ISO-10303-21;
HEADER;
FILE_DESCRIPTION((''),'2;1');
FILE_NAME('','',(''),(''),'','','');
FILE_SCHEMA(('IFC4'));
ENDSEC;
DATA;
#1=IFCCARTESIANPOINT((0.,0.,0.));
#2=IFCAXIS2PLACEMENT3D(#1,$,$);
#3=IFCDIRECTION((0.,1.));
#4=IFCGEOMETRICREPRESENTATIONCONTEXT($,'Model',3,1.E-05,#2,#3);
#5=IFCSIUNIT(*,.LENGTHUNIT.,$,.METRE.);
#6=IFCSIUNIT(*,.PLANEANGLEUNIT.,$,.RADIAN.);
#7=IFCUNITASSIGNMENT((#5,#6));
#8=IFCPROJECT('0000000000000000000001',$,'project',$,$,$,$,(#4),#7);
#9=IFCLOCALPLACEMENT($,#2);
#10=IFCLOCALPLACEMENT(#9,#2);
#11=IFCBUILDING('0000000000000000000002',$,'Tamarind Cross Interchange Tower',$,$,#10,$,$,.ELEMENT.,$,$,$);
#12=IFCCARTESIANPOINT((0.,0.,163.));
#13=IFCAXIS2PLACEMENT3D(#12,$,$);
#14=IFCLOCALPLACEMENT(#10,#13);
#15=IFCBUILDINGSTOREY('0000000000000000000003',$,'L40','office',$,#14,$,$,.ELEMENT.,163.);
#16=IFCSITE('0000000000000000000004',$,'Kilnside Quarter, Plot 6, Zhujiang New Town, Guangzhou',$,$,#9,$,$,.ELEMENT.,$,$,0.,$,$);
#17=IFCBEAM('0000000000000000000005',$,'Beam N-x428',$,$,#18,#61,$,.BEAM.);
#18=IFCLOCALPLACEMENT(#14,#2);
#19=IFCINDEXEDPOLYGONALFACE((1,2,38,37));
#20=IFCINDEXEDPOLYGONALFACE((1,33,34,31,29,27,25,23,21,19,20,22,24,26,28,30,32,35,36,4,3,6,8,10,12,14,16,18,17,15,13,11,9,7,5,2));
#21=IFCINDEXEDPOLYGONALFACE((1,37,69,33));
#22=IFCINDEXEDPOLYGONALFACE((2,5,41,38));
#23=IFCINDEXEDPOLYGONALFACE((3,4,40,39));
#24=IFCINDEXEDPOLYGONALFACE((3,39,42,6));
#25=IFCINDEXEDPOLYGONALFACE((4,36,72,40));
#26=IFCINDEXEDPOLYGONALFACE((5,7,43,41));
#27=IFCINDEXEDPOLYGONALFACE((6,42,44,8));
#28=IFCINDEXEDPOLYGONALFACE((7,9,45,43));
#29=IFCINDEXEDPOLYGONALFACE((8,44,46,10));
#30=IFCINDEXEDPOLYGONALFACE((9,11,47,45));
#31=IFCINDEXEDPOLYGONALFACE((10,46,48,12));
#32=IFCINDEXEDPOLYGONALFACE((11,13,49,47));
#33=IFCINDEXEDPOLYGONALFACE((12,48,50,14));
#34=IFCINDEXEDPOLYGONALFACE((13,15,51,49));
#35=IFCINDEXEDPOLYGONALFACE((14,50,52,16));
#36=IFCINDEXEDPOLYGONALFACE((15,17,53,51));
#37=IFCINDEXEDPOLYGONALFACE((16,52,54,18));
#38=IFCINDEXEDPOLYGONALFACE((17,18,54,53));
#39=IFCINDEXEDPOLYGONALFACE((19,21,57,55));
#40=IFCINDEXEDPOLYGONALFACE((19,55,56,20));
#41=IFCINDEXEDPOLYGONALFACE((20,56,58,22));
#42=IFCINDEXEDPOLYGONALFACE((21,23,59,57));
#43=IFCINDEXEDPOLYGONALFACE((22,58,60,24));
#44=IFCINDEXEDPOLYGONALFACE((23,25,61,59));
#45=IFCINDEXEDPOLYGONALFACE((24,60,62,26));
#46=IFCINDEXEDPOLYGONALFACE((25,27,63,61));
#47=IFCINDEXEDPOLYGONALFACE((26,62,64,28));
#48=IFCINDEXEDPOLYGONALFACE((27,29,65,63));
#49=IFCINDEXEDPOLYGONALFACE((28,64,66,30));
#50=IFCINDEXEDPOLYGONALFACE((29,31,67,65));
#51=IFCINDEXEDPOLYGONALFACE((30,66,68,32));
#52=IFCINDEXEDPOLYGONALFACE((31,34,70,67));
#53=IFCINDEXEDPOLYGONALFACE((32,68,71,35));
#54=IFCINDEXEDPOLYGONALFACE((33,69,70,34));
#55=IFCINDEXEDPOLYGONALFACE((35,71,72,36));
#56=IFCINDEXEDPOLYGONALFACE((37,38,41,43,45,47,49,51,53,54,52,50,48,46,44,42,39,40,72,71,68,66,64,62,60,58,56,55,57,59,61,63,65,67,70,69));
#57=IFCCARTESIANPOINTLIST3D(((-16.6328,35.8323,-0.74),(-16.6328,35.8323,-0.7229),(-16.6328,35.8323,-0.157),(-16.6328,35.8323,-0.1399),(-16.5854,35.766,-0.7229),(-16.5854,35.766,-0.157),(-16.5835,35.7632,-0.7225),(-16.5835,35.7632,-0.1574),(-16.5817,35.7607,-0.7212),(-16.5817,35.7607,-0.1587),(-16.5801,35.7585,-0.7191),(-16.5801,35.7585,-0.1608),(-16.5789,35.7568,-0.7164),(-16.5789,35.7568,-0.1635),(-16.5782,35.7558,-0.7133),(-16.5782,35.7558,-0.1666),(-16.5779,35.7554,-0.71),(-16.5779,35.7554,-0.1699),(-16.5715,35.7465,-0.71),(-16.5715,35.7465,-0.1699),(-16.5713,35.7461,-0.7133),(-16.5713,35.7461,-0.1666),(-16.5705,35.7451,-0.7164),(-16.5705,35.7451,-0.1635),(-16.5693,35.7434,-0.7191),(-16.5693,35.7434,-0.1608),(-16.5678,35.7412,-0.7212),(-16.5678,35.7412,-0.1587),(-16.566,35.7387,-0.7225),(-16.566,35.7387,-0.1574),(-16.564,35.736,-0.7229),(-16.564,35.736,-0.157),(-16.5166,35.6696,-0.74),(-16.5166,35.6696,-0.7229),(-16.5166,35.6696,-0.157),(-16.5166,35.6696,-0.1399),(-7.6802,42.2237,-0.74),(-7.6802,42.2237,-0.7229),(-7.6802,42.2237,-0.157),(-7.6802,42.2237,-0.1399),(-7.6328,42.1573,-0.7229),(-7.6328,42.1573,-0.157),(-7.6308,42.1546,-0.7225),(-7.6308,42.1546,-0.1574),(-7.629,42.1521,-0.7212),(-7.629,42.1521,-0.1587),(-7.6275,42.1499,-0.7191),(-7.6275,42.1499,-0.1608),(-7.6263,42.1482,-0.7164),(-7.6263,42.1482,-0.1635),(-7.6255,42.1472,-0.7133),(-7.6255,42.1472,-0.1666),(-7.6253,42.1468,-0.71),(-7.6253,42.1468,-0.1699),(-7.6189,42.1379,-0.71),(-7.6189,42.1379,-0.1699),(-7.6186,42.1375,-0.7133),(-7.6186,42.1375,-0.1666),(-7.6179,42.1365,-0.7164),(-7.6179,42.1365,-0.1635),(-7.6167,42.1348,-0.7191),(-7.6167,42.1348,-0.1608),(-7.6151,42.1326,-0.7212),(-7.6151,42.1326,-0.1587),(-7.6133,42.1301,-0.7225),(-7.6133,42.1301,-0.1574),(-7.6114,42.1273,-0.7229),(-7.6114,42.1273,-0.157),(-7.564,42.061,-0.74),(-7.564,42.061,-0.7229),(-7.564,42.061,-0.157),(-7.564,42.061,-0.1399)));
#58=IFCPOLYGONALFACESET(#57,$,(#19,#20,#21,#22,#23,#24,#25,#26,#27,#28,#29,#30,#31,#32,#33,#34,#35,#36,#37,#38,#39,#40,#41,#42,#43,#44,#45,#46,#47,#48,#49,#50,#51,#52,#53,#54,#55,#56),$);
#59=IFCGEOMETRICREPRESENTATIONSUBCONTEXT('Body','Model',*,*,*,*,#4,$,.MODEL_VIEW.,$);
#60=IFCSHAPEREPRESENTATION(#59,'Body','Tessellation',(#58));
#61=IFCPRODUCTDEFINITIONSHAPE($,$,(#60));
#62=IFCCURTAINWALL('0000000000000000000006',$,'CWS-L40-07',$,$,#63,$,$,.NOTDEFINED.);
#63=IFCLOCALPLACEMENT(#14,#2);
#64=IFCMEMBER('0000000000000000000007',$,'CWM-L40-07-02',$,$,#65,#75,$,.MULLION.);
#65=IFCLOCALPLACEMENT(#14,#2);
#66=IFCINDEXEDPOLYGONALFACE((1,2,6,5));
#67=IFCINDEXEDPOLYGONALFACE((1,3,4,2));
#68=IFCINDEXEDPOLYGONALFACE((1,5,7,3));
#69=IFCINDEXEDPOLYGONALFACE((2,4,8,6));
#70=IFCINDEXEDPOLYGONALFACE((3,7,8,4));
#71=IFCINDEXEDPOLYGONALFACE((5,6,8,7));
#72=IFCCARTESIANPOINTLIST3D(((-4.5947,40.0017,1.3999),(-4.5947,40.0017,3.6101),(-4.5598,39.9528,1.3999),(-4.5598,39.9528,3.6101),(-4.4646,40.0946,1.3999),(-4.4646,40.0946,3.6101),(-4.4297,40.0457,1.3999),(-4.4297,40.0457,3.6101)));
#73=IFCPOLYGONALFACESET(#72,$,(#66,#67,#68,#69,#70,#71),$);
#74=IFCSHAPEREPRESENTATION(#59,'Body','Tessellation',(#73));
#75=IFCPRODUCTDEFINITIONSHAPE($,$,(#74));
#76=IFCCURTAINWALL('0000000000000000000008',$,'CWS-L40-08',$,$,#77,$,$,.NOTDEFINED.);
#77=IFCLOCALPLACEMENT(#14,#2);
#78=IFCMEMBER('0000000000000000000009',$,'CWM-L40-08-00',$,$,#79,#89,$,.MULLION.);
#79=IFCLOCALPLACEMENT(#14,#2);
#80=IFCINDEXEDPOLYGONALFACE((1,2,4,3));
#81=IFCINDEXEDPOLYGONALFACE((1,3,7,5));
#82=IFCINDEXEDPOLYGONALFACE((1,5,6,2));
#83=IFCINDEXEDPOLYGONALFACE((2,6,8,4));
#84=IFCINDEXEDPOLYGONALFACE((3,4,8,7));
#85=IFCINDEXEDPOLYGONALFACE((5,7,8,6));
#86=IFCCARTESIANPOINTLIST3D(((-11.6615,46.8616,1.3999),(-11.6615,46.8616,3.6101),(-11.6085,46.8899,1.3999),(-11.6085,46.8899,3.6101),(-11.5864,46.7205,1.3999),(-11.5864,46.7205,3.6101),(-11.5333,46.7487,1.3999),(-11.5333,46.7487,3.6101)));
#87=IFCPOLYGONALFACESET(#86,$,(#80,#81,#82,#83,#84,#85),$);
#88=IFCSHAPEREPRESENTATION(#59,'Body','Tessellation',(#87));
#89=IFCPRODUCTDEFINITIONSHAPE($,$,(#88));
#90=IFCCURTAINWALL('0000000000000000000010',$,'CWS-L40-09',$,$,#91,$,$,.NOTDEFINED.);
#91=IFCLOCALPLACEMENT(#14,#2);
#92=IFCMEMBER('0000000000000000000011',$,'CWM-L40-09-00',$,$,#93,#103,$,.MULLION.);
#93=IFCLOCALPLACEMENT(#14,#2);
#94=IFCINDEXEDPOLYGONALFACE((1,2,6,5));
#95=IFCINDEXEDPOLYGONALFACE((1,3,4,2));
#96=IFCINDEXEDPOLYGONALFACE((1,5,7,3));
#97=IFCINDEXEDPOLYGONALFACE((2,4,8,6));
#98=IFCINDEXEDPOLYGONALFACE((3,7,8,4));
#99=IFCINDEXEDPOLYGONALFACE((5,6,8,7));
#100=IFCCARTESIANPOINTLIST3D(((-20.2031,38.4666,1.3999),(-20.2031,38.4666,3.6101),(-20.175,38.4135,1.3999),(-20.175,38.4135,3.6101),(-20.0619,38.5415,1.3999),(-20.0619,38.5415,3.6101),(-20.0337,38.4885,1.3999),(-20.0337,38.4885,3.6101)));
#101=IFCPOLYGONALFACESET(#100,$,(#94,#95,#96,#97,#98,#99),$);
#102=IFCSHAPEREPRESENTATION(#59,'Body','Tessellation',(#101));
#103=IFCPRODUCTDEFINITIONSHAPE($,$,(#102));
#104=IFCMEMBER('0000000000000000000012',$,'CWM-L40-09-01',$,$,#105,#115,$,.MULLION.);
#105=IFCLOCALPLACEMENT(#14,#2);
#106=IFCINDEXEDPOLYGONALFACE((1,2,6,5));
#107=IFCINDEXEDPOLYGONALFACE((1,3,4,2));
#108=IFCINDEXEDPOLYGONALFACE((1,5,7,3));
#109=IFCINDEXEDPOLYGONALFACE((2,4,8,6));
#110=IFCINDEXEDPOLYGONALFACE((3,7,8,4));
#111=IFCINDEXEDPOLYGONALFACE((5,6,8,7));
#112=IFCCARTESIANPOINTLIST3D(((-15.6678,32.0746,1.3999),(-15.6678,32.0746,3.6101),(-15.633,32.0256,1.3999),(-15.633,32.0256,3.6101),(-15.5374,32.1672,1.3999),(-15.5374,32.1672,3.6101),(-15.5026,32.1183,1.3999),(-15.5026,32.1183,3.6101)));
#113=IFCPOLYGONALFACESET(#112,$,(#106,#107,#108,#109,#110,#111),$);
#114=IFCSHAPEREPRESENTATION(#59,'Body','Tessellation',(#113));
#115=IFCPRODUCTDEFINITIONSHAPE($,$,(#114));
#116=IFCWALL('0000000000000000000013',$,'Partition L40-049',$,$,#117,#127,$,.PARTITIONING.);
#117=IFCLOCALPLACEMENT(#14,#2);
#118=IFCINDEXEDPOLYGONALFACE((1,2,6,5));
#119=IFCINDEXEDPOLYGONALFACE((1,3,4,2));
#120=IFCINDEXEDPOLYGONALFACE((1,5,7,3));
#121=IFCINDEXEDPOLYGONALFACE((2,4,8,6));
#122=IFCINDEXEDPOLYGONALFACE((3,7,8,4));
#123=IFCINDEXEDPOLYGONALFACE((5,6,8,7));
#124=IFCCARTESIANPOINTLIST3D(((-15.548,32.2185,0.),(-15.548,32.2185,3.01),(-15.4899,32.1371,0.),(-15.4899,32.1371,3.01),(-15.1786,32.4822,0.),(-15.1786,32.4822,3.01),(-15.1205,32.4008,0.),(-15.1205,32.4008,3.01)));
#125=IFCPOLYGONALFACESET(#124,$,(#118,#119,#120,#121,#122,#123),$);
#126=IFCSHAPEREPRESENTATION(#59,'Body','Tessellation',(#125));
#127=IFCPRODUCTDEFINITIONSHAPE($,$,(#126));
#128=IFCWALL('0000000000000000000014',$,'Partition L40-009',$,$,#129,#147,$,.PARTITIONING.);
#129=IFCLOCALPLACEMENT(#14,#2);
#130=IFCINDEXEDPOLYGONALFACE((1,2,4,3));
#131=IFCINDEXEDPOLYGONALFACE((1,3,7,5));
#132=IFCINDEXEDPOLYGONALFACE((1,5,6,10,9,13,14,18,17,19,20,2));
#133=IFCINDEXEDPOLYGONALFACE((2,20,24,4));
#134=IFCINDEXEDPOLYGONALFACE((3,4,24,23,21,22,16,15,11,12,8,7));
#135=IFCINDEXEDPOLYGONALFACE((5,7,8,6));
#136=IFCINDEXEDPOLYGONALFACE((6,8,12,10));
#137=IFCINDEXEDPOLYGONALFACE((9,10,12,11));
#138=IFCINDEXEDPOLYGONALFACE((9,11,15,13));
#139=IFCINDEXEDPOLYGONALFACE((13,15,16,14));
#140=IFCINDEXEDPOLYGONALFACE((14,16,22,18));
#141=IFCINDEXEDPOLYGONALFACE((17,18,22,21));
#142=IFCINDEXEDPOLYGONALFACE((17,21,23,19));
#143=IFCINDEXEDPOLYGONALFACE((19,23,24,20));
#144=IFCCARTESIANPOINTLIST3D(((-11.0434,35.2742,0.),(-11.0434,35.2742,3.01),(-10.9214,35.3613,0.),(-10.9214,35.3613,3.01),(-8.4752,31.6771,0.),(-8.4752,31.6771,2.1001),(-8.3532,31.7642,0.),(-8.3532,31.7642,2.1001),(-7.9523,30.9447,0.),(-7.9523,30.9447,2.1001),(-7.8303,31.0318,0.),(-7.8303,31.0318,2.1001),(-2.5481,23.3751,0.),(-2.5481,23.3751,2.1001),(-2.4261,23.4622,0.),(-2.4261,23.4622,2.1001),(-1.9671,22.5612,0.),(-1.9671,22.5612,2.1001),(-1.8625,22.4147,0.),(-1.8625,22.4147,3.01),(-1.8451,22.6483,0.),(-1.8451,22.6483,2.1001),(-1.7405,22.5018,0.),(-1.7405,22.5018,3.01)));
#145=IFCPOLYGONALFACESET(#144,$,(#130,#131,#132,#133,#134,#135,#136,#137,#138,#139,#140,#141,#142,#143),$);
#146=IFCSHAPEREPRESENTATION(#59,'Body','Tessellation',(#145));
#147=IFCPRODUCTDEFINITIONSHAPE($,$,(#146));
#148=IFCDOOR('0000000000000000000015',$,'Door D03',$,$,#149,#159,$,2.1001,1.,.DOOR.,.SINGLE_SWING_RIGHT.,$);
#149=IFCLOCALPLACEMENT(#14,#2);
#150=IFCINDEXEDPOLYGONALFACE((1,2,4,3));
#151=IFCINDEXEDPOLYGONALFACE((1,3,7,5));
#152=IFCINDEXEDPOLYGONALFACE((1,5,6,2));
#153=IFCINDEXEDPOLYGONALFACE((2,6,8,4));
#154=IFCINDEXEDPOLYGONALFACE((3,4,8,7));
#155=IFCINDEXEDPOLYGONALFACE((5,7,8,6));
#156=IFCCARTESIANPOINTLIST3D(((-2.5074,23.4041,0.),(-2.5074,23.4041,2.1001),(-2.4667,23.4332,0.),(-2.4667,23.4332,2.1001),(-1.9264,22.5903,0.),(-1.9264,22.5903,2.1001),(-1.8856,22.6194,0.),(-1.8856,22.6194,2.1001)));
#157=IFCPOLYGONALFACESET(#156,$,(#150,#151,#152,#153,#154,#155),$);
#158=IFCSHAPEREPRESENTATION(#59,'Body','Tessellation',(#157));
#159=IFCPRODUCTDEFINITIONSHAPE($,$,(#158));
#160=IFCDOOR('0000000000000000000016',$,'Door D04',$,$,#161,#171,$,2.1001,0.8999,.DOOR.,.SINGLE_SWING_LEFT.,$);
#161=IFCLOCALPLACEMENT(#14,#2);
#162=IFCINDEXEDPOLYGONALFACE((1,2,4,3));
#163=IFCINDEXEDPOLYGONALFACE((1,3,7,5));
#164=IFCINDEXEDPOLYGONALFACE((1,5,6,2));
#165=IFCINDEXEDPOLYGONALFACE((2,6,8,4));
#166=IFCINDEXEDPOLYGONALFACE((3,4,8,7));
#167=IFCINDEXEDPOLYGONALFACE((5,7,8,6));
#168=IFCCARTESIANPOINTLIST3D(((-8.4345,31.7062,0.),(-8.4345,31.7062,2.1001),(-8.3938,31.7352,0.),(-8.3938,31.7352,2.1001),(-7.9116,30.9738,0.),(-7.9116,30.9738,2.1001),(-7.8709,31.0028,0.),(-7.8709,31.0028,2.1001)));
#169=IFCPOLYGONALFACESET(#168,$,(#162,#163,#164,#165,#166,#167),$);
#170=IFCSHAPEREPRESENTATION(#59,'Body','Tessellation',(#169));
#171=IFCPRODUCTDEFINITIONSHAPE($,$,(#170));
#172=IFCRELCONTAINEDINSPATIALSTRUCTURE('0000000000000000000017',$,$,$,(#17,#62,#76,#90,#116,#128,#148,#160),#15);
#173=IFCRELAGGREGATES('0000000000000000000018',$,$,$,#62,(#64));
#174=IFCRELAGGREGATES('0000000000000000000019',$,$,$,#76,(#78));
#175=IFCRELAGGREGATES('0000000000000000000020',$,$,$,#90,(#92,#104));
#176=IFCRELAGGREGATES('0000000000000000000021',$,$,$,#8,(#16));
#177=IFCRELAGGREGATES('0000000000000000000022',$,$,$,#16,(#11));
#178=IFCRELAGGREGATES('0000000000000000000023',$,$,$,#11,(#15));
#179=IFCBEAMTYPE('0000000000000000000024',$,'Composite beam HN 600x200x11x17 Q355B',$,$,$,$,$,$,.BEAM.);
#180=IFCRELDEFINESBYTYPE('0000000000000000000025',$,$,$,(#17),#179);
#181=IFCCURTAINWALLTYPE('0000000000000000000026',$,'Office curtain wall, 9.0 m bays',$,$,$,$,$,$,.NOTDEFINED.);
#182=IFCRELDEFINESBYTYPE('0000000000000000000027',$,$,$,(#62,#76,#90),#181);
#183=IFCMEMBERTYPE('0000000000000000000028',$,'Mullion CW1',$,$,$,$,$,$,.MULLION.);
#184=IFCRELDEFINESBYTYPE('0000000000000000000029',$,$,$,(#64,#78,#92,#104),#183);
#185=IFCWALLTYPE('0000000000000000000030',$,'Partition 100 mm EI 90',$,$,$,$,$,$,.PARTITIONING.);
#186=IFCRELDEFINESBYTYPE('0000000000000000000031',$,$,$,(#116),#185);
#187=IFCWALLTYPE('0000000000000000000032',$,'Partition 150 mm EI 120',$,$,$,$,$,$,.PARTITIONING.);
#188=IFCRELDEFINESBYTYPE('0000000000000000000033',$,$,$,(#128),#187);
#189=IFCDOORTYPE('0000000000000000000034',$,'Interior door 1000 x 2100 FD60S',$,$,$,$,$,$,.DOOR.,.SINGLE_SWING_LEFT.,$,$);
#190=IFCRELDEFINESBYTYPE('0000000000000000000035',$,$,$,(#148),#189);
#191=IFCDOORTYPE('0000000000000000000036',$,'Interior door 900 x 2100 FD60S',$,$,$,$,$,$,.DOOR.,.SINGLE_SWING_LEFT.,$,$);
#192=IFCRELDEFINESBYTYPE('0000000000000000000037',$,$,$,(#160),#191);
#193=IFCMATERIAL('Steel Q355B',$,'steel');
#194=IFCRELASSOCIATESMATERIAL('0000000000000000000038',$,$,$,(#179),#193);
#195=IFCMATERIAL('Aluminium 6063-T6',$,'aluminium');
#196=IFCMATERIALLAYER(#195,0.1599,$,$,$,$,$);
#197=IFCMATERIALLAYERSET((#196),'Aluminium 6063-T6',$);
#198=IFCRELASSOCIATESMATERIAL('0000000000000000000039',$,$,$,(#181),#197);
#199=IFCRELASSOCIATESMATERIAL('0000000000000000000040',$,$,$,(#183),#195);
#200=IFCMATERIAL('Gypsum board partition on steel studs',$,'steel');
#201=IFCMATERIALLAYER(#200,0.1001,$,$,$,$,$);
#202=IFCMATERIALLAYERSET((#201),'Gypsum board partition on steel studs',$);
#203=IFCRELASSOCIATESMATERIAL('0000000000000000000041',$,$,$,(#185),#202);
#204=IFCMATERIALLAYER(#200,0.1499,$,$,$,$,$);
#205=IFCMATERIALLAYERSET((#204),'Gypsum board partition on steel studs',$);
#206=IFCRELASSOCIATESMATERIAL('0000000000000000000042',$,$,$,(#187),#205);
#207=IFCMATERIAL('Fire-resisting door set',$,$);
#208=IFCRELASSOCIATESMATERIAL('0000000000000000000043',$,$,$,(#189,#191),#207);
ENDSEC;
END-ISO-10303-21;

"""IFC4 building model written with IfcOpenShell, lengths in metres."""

from ifc_helpers import new_model, si_unit, direction, frame, frame_2d, origin, origin_2d, place, context, subcontext, project, spatial, rectangle, i_section, extrude, material, layer, layer_set, material_profile, profile_set, type_object, element, fill, aggregate, save


model = new_model("IFC4")

# Units and contexts
model_context = context("Model", 3, precision=1e-05, world=origin(), true_north=direction((0.0, 1.0)))
body_context = subcontext(model_context, "Body", "Model", "MODEL_VIEW")
ifc_project = project(units=[si_unit("LENGTHUNIT", "METRE"), si_unit("PLANEANGLEUNIT", "RADIAN")], contexts=[model_context])

# Site, building, storey
site_placement = place(None, origin())
site = spatial("IfcSite", under=ifc_project, at=site_placement, Name="Kilnside Quarter, Plot 6, Zhujiang New Town, Guangzhou", CompositionType="ELEMENT", RefElevation=0.0)
building_placement = place(site_placement, origin())
building = spatial("IfcBuilding", under=site, at=building_placement, Name="Tamarind Cross Interchange Tower", CompositionType="ELEMENT")
storey_placement = place(building_placement, frame((0.0, 0.0, 163.0)))
storey = spatial("IfcBuildingStorey", under=building, at=storey_placement, Name="L40", Description="office", CompositionType="ELEMENT", Elevation=163.0)

# Beam
ifc_material_1 = material(Name="Steel Q355B", Category="steel")
ifc_material_profile_1 = material_profile(ifc_material_1, i_section(OverallWidth=0.2, OverallDepth=0.6001, WebThickness=0.011, FlangeThickness=0.0171, FilletRadius=0.0129, at=origin_2d()), Name="HN 600x200x11x17")
ifc_profile_set_1 = profile_set([ifc_material_profile_1], Name="Steel Q355B")
beam_type_1 = type_object("IfcBeamType", Name="Composite beam HN 600x200x11x17 Q355B", PredefinedType="BEAM", material=ifc_profile_set_1)
for number, where, z_axis, x_axis, name in (
    (1, (-7.6221, 42.1423, -0.4399), (-0.813879, -0.581035, 0.0), (0.581035, -0.813879, 0.0), "Beam N-x428"),
):
    element("IfcBeam", number, at=place(storey_placement, frame(where, z_axis=z_axis, x_axis=x_axis)), inside=storey, type_object=beam_type_1, Name=name, PredefinedType="BEAM", context=body_context, shape_type="SweptSolid", body=[
        extrude(i_section(OverallWidth=0.2, OverallDepth=0.6001, WebThickness=0.011, FlangeThickness=0.0171, FilletRadius=0.0129, at=origin_2d()), origin(), (0.0, 0.0, 1.0), 11.0),
    ])

# Curtain walls, members
ifc_material_2 = material(Name="Aluminium 6063-T6", Category="aluminium")
ifc_layer_1 = layer(ifc_material_2, 0.1599)
ifc_layer_set_1 = layer_set([ifc_layer_1], Name="Aluminium 6063-T6")
curtain_wall_type = type_object("IfcCurtainWallType", Name="Office curtain wall, 9.0 m bays", PredefinedType="NOTDEFINED", material=ifc_layer_set_1)
curtain_wall_1_placement = place(storey_placement, origin())
curtain_wall_1 = element("IfcCurtainWall", 2, at=curtain_wall_1_placement, inside=storey, type_object=curtain_wall_type, Name="CWS-L40-07", PredefinedType="NOTDEFINED")
ifc_material_profile_2 = material_profile(ifc_material_2, rectangle(XDim=0.0601, YDim=0.1599, at=origin_2d()), Name="Mullion CW1")
ifc_profile_set_2 = profile_set([ifc_material_profile_2], Name="Aluminium 6063-T6")
member_type = type_object("IfcMemberType", Name="Mullion CW1", PredefinedType="MULLION", material=ifc_profile_set_2)
member_1_placement = place(storey_placement, frame((-4.5122, 40.0237, 1.3999), z_axis=(0.0, 0.0, 1.0), x_axis=(-0.581033, 0.81388, 0.0)))
member_1 = element("IfcMember", 3, at=member_1_placement, type_object=member_type, Name="CWM-L40-07-02", PredefinedType="MULLION", context=body_context, shape_type="SweptSolid", body=[
    extrude(rectangle(XDim=0.0601, YDim=0.1599, at=origin_2d()), origin(), (0.0, 0.0, 1.0), 2.2102),
])
aggregate(curtain_wall_1, [member_1])
curtain_wall_2_placement = place(storey_placement, origin())
curtain_wall_2 = element("IfcCurtainWall", 4, at=curtain_wall_2_placement, inside=storey, type_object=curtain_wall_type, Name="CWS-L40-08", PredefinedType="NOTDEFINED")
member_2_placement = place(storey_placement, frame((-11.5974, 46.8052, 1.3999), z_axis=(0.0, 0.0, 1.0), x_axis=(-0.882757, -0.469829, 0.0)))
member_2 = element("IfcMember", 5, at=member_2_placement, type_object=member_type, Name="CWM-L40-08-00", PredefinedType="MULLION", context=body_context, shape_type="SweptSolid", body=[
    extrude(rectangle(XDim=0.0601, YDim=0.1599, at=origin_2d()), origin(), (0.0, 0.0, 1.0), 2.2102),
])
aggregate(curtain_wall_2, [member_2])

# Curtain wall, members
curtain_wall_3_placement = place(storey_placement, origin())
curtain_wall_3 = element("IfcCurtainWall", 6, at=curtain_wall_3_placement, inside=storey, type_object=curtain_wall_type, Name="CWS-L40-09", PredefinedType="NOTDEFINED")
member_3_placement = place(storey_placement, frame((-20.1184, 38.4775, 1.3999), z_axis=(0.0, 0.0, 1.0), x_axis=(0.468813, -0.883297, 0.0)))
member_3 = element("IfcMember", 7, at=member_3_placement, type_object=member_type, Name="CWM-L40-09-00", PredefinedType="MULLION", context=body_context, shape_type="SweptSolid", body=[
    extrude(rectangle(XDim=0.0601, YDim=0.1599, at=origin_2d()), origin(), (0.0, 0.0, 1.0), 2.2102),
])
member_4_placement = place(storey_placement, frame((-15.5852, 32.0964, 1.3999), z_axis=(0.0, 0.0, 1.0), x_axis=(0.579159, -0.815215, 0.0)))
member_4 = element("IfcMember", 8, at=member_4_placement, type_object=member_type, Name="CWM-L40-09-01", PredefinedType="MULLION", context=body_context, shape_type="SweptSolid", body=[
    extrude(rectangle(XDim=0.0601, YDim=0.1599, at=origin_2d()), origin(), (0.0, 0.0, 1.0), 2.2102),
])
aggregate(curtain_wall_3, [member_3, member_4])

# Wall
ifc_material_3 = material(Name="Gypsum board partition on steel studs", Category="steel")
ifc_layer_2 = layer(ifc_material_3, 0.1001)
ifc_layer_set_2 = layer_set([ifc_layer_2], Name="Gypsum board partition on steel studs")
wall_type_1 = type_object("IfcWallType", Name="Partition 100 mm EI 90", PredefinedType="PARTITIONING", material=ifc_layer_set_2)
wall_1_placement = place(storey_placement, frame((-15.519, 32.1777, 0.0), z_axis=(0.0, 0.0, 1.0), x_axis=(0.813915, 0.580984, 0.0)))
element("IfcWall", 9, at=wall_1_placement, inside=storey, type_object=wall_type_1, Name="Partition L40-049", PredefinedType="PARTITIONING", context=body_context, shape_type="SweptSolid", body=[
    extrude(rectangle(XDim=0.4539, YDim=0.1001, at=frame_2d((0.2271, 0.0))), origin(), (0.0, 0.0, 1.0), 3.01),
])

# Wall, openings, doors
ifc_layer_3 = layer(ifc_material_3, 0.1499)
ifc_layer_set_3 = layer_set([ifc_layer_3], Name="Gypsum board partition on steel studs")
wall_type_2 = type_object("IfcWallType", Name="Partition 150 mm EI 120", PredefinedType="PARTITIONING", material=ifc_layer_set_3)
wall_2_placement = place(storey_placement, frame((-10.9824, 35.3179, 0.0), z_axis=(0.0, 0.0, 1.0), x_axis=(0.581048, -0.813869, 0.0)))
wall_2 = element("IfcWall", 10, at=wall_2_placement, inside=storey, type_object=wall_type_2, Name="Partition L40-009", PredefinedType="PARTITIONING", context=body_context, shape_type="SweptSolid", body=[
    extrude(rectangle(XDim=15.8005, YDim=0.1499, at=frame_2d((7.9004, 0.0))), origin(), (0.0, 0.0, 1.0), 3.01),
])
opening_1_placement = place(wall_2_placement, frame((14.6206, 0.0, 0.0)))
opening_1 = element("IfcOpeningElement", 11, at=opening_1_placement, cuts=wall_2, PredefinedType="OPENING", context=body_context, shape_type="SweptSolid", body=[
    extrude(rectangle(XDim=1.0, YDim=2.1001, at=frame_2d((0.5, 1.05))), frame((0.0, 0.085, 0.0), z_axis=(0.0, -1.0, 0.0), x_axis=(1.0, 0.0, 0.0)), (0.0, 0.0, 1.0), 0.1699),
])
opening_2_placement = place(wall_2_placement, frame((4.4199, 0.0, 0.0)))
opening_2 = element("IfcOpeningElement", 12, at=opening_2_placement, cuts=wall_2, PredefinedType="OPENING", context=body_context, shape_type="SweptSolid", body=[
    extrude(rectangle(XDim=0.8999, YDim=2.1001, at=frame_2d((0.45, 1.05))), frame((0.0, 0.085, 0.0), z_axis=(0.0, -1.0, 0.0), x_axis=(1.0, 0.0, 0.0)), (0.0, 0.0, 1.0), 0.1699),
])
ifc_material_4 = material(Name="Fire-resisting door set")
door_type_1 = type_object("IfcDoorType", Name="Interior door 1000 x 2100 FD60S", OperationType="SINGLE_SWING_LEFT", PredefinedType="DOOR", material=ifc_material_4)
door_1_placement = place(opening_1_placement, frame((1.0, 0.0, 0.0), z_axis=(0.0, 0.0, 1.0), x_axis=(-1.0, 0.0, 0.0)))
door_1 = element("IfcDoor", 13, at=door_1_placement, inside=storey, type_object=door_type_1, Name="Door D03", OperationType="SINGLE_SWING_RIGHT", OverallHeight=2.1001, OverallWidth=1.0, PredefinedType="DOOR", context=body_context, shape_type="SweptSolid", body=[
    extrude(rectangle(XDim=1.0, YDim=2.1001, at=frame_2d((0.5, 1.05))), frame((0.0, 0.0249, 0.0), z_axis=(0.0, -1.0, 0.0), x_axis=(1.0, 0.0, 0.0)), (0.0, 0.0, 1.0), 0.05),
])
fill(opening_1, door_1)
door_type_2 = type_object("IfcDoorType", Name="Interior door 900 x 2100 FD60S", OperationType="SINGLE_SWING_LEFT", PredefinedType="DOOR", material=ifc_material_4)
door_2_placement = place(opening_2_placement, frame((0.8999, 0.0, 0.0), z_axis=(0.0, 0.0, 1.0), x_axis=(-1.0, 0.0, 0.0)))
door_2 = element("IfcDoor", 14, at=door_2_placement, inside=storey, type_object=door_type_2, Name="Door D04", OperationType="SINGLE_SWING_LEFT", OverallHeight=2.1001, OverallWidth=0.8999, PredefinedType="DOOR", context=body_context, shape_type="SweptSolid", body=[
    extrude(rectangle(XDim=0.8999, YDim=2.1001, at=frame_2d((0.45, 1.05))), frame((0.0, 0.0249, 0.0), z_axis=(0.0, -1.0, 0.0), x_axis=(1.0, 0.0, 0.0)), (0.0, 0.0, 1.0), 0.05),
])
fill(opening_2, door_2)

save(model, "model.ifc")
